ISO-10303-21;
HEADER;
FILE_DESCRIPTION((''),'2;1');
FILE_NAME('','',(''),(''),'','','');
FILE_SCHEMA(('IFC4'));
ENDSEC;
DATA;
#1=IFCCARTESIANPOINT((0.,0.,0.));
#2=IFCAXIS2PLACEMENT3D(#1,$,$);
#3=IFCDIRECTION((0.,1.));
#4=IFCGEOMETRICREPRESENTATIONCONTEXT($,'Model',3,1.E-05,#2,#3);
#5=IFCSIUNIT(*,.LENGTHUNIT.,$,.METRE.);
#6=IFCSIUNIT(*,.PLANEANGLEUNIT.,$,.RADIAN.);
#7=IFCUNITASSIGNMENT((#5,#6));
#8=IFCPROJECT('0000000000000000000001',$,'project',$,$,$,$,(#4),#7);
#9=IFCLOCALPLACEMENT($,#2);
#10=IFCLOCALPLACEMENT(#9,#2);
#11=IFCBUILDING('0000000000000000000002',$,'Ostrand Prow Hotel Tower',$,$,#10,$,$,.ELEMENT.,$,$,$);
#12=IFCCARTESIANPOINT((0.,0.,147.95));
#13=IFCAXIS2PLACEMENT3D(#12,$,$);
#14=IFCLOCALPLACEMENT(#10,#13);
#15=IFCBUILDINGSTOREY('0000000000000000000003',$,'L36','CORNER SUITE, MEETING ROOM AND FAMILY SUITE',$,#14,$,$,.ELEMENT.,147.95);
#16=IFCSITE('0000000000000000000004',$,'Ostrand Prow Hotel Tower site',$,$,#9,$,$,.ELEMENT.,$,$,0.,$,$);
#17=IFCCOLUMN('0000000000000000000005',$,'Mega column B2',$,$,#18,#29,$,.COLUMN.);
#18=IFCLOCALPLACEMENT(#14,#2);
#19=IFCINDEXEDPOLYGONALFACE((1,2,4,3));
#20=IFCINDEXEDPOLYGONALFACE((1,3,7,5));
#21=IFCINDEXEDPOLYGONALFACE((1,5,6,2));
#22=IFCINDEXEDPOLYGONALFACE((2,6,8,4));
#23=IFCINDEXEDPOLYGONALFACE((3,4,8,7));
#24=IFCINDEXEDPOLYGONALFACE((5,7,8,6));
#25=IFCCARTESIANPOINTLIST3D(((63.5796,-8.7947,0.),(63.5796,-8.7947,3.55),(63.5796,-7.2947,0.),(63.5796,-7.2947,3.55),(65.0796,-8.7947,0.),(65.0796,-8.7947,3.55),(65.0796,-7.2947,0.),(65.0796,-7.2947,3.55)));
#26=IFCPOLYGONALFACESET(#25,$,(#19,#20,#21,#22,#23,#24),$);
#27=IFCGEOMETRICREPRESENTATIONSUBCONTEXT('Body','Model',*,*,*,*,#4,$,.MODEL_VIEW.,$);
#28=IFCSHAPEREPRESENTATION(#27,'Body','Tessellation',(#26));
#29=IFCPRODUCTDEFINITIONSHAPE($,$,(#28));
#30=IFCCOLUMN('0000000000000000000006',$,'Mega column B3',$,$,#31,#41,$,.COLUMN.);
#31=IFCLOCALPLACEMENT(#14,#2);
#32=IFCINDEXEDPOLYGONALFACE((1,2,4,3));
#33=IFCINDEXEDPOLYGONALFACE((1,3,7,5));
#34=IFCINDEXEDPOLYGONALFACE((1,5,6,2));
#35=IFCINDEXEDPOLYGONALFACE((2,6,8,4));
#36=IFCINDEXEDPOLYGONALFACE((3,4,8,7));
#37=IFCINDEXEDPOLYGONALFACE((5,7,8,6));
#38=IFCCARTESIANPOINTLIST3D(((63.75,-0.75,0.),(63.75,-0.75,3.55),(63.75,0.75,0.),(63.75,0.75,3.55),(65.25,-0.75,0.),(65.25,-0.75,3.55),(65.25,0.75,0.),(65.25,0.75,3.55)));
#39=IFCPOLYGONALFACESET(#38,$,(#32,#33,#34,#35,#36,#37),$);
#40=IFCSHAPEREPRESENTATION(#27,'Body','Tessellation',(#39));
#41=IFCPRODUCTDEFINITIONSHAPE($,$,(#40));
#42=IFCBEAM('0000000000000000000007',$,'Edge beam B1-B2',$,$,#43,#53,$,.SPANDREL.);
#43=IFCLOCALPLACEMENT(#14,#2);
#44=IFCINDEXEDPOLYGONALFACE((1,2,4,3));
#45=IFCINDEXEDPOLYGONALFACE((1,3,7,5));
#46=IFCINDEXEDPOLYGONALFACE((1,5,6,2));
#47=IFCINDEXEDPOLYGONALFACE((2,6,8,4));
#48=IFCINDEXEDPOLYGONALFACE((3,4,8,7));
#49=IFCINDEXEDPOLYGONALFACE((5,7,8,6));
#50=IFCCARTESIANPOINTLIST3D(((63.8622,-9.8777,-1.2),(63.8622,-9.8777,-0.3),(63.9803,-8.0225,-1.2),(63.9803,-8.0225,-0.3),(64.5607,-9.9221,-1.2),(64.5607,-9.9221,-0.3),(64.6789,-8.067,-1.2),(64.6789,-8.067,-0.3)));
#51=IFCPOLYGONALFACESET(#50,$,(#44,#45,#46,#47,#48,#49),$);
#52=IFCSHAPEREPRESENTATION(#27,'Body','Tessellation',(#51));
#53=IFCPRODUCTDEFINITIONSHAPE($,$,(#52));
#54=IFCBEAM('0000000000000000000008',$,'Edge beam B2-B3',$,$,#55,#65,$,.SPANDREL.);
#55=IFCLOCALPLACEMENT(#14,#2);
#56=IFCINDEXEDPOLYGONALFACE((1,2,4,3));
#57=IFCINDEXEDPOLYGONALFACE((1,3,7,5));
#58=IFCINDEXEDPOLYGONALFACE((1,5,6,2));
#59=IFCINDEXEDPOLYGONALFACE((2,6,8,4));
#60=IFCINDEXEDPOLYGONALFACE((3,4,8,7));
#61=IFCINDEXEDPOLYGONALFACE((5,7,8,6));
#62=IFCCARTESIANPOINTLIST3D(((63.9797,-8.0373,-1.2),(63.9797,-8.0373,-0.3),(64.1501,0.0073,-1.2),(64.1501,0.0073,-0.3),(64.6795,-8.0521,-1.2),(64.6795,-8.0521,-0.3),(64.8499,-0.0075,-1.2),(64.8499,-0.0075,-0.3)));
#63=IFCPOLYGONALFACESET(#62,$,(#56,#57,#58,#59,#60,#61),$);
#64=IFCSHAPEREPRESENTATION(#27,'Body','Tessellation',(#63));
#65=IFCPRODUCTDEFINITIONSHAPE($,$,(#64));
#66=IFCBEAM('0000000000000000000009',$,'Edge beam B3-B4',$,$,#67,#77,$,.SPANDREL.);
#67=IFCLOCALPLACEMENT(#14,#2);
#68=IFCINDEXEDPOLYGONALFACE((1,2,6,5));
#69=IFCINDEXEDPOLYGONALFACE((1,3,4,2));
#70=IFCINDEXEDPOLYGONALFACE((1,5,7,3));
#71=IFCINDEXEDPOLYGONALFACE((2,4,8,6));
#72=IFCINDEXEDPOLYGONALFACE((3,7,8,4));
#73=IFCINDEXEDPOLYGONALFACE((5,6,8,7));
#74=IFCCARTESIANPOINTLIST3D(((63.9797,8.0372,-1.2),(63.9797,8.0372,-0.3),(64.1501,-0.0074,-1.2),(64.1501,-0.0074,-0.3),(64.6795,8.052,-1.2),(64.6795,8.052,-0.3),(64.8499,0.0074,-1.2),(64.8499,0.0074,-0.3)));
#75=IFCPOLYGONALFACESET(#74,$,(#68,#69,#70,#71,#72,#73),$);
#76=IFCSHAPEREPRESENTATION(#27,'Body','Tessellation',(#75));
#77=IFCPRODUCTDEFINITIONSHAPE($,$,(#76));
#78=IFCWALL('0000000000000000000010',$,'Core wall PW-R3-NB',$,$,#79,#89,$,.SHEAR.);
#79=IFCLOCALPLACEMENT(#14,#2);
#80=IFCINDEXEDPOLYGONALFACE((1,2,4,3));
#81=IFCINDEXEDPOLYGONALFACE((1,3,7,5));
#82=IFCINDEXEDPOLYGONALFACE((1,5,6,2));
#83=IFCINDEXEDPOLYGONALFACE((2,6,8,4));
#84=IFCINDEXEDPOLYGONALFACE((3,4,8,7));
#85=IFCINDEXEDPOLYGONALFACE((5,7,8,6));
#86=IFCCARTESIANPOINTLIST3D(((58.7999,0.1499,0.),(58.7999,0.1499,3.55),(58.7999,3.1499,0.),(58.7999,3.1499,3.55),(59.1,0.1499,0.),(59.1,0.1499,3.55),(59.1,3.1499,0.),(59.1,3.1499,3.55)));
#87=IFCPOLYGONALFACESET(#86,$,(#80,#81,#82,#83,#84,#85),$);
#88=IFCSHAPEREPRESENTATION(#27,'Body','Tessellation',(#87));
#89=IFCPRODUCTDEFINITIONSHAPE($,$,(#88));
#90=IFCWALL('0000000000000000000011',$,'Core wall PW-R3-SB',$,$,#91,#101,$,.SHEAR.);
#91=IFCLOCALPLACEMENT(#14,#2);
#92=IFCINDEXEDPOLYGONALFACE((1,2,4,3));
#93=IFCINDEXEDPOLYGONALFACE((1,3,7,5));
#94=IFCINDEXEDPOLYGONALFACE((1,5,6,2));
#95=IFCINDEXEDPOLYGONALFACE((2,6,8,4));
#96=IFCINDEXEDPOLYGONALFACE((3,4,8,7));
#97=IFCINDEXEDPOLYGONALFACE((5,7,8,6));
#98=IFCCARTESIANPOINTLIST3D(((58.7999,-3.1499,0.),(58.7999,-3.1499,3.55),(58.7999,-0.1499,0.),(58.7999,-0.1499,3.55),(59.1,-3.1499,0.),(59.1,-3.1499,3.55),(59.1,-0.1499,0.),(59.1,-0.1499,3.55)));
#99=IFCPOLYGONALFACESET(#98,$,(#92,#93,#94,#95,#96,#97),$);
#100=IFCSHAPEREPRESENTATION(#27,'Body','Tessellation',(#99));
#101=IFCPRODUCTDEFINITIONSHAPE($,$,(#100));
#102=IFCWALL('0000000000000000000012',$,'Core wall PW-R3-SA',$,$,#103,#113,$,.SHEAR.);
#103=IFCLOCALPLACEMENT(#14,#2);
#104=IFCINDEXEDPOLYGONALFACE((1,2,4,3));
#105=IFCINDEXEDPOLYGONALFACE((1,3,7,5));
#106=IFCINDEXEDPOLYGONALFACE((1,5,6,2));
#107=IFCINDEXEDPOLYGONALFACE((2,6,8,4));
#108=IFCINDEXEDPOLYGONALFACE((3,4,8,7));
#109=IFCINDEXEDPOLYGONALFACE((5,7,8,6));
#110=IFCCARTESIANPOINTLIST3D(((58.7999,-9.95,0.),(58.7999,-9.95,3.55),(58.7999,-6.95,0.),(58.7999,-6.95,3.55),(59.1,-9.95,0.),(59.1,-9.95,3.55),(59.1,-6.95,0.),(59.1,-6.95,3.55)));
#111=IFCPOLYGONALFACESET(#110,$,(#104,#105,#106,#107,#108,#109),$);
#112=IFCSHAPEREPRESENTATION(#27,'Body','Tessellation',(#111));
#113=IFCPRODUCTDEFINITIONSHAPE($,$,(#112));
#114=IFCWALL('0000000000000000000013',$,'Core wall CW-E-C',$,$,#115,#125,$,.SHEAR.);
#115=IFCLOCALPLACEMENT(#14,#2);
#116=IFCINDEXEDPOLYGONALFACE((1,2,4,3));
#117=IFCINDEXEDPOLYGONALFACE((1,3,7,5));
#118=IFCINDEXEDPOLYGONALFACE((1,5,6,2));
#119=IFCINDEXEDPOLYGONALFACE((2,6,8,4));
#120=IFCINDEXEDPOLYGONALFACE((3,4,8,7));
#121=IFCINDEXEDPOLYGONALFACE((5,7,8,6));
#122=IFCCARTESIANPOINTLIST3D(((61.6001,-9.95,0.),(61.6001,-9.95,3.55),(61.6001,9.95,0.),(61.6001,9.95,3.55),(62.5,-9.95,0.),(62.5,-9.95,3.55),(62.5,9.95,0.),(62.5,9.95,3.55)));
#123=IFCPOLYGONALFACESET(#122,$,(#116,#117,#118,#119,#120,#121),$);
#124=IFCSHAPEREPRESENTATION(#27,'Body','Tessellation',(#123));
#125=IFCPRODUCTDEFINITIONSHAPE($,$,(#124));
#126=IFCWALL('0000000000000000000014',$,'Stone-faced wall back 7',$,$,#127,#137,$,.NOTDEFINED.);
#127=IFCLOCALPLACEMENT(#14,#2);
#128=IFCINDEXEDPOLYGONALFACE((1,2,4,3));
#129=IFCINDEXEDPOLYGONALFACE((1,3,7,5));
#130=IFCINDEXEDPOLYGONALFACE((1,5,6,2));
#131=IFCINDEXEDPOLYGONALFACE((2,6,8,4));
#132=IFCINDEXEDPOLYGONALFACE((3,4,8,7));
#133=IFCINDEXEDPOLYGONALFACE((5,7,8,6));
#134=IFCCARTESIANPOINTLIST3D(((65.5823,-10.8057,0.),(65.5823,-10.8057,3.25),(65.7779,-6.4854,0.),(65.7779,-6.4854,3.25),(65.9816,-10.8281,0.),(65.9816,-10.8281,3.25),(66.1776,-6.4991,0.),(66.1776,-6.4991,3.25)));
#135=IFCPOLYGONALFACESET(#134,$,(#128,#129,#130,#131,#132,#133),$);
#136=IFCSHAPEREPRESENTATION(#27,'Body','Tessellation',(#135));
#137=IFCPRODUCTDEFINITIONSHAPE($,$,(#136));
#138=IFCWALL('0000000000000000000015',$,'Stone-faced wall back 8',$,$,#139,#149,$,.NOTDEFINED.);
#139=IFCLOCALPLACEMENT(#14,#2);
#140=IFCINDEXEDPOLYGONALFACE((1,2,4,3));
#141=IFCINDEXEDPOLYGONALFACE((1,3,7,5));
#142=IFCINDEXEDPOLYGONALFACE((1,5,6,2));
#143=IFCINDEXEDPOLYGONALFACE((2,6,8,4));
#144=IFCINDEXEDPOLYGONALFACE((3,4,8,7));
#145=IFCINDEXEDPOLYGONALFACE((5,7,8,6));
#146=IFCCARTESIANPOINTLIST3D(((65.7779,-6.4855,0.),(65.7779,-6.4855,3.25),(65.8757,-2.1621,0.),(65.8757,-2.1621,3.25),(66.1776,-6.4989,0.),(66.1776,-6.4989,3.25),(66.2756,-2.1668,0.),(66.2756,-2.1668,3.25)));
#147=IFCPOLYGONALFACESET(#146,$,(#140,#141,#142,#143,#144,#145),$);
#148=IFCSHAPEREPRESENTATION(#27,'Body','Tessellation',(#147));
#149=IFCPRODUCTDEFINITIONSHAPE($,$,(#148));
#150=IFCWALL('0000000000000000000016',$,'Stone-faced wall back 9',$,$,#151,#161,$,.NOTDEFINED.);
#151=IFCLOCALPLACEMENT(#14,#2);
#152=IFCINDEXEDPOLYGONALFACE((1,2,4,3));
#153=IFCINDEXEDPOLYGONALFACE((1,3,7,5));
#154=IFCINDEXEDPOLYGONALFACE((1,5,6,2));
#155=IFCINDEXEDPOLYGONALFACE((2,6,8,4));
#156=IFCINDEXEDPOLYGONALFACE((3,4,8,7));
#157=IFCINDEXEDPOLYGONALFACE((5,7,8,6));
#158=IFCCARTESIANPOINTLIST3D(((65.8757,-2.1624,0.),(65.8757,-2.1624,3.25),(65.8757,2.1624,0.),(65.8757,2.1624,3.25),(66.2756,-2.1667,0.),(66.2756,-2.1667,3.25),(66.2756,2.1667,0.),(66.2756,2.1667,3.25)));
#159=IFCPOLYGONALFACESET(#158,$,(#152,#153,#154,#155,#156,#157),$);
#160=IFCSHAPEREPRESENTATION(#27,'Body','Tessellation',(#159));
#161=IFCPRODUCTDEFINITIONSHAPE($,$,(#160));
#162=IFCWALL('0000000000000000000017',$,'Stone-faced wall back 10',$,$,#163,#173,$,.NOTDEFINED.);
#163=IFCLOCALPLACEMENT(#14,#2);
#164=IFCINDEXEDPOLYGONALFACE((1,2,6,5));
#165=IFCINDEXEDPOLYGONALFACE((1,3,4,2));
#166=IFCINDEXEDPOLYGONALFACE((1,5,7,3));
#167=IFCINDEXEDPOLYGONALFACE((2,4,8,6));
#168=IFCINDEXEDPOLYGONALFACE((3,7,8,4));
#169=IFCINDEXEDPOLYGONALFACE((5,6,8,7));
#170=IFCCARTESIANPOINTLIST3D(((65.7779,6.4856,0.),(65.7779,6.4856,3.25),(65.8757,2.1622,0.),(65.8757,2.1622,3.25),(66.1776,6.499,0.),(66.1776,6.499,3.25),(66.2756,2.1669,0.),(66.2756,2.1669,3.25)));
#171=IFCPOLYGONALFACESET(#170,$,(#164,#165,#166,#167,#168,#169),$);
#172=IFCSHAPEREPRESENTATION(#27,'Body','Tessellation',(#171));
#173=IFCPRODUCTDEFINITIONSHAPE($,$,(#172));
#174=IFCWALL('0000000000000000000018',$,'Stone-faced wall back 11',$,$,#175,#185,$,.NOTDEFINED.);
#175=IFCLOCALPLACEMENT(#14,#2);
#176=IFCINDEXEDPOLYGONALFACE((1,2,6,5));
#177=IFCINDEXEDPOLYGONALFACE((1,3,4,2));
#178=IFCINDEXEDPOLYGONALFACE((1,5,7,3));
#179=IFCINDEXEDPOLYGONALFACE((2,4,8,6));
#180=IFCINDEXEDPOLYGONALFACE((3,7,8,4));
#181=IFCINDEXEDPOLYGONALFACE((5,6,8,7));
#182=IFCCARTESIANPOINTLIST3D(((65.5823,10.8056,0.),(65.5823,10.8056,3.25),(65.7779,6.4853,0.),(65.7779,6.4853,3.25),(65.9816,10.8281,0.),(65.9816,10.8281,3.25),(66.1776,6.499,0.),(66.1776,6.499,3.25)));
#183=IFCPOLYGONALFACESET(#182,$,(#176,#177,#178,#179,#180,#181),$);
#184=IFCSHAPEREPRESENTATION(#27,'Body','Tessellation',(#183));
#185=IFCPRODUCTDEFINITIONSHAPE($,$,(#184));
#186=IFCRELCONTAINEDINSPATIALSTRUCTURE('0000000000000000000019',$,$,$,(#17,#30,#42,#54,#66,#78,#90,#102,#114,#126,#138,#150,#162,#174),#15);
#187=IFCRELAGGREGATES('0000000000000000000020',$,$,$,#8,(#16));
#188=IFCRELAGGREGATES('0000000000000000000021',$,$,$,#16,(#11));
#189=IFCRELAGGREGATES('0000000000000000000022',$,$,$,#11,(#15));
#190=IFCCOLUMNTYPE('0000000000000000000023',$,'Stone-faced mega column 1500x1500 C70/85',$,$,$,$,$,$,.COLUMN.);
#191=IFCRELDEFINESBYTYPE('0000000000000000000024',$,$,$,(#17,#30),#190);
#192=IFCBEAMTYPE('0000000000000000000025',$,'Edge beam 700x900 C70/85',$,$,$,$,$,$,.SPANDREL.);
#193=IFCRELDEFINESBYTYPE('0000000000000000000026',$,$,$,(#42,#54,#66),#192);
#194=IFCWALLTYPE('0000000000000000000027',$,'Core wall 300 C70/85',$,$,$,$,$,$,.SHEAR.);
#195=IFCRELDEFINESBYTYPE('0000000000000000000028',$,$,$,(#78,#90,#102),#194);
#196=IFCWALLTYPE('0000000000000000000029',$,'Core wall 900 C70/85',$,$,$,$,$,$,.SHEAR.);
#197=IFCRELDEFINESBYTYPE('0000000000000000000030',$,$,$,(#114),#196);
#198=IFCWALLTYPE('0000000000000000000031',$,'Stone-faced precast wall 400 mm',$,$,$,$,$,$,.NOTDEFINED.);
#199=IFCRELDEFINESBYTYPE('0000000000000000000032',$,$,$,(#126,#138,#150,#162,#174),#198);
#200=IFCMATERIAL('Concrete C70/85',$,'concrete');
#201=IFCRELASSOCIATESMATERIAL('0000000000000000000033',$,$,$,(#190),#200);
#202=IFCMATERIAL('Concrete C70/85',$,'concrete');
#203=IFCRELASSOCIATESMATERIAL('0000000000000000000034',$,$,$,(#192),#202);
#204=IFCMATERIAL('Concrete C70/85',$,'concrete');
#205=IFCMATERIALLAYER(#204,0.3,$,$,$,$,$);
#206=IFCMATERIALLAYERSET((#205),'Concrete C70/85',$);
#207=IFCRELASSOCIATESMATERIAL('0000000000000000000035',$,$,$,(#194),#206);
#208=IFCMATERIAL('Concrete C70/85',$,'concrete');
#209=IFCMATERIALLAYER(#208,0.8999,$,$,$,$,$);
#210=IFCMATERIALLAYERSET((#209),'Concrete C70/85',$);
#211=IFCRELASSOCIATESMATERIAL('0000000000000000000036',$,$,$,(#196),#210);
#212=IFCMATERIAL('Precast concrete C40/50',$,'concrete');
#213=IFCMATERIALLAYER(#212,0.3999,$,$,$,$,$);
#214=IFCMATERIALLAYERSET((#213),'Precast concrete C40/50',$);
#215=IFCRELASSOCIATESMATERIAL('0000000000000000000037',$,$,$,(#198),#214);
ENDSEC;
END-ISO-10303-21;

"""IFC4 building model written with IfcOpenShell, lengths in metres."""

from ifc_helpers import new_model, si_unit, direction, frame, frame_2d, origin, origin_2d, place, context, subcontext, project, spatial, polyline, rectangle, outline, extrude, material, layer, layer_set, material_profile, profile_set, type_object, element, save


model = new_model("IFC4")

# Units and contexts
model_context = context("Model", 3, precision=1e-05, world=origin(), true_north=direction((0.0, 1.0)))
body_context = subcontext(model_context, "Body", "Model", "MODEL_VIEW")
ifc_project = project(units=[si_unit("LENGTHUNIT", "METRE"), si_unit("PLANEANGLEUNIT", "RADIAN")], contexts=[model_context])

# Site, building, storey
site_placement = place(None, origin())
site = spatial("IfcSite", under=ifc_project, at=site_placement, Name="Ostrand Prow Hotel Tower site", CompositionType="ELEMENT", RefElevation=0.0)
building_placement = place(site_placement, origin())
building = spatial("IfcBuilding", under=site, at=building_placement, Name="Ostrand Prow Hotel Tower", CompositionType="ELEMENT")
storey_placement = place(building_placement, frame((0.0, 0.0, 147.95)))
storey = spatial("IfcBuildingStorey", under=building, at=storey_placement, Name="L36", Description="CORNER SUITE, MEETING ROOM AND FAMILY SUITE", CompositionType="ELEMENT", Elevation=147.95)

# Columns
ifc_material_1 = material(Name="Concrete C70/85", Category="concrete")
ifc_material_profile_1 = material_profile(ifc_material_1, rectangle(XDim=1.5, YDim=1.5, at=origin_2d()), Name="RC 1500x1500")
ifc_profile_set_1 = profile_set([ifc_material_profile_1], Name="Concrete C70/85")
column_type = type_object("IfcColumnType", Name="Stone-faced mega column 1500x1500 C70/85", PredefinedType="COLUMN", material=ifc_profile_set_1)
for number, where, z_axis, x_axis, name in (
    (1, (64.3296, -8.0447, 0.0), (0.0, 0.0, 1.0), (1.0, 0.0, 0.0), "Mega column B2"),
    (2, (64.5, 0.0, 0.0), (0.0, 0.0, 1.0), (1.0, 0.0, 0.0), "Mega column B3"),
):
    element("IfcColumn", number, at=place(storey_placement, frame(where, z_axis=z_axis, x_axis=x_axis)), inside=storey, type_object=column_type, Name=name, PredefinedType="COLUMN", context=body_context, shape_type="SweptSolid", body=[
        extrude(rectangle(XDim=1.5, YDim=1.5, at=origin_2d()), origin(), (0.0, 0.0, 1.0), 3.55),
    ])

# Beams
ifc_material_2 = material(Name="Concrete C70/85", Category="concrete")
ifc_material_profile_2 = material_profile(ifc_material_2, rectangle(XDim=0.7, YDim=0.8999, at=origin_2d()), Name="RC 700x900")
ifc_profile_set_2 = profile_set([ifc_material_profile_2], Name="Concrete C70/85")
beam_type = type_object("IfcBeamType", Name="Edge beam 700x900 C70/85", PredefinedType="SPANDREL", material=ifc_profile_set_2)
beam_placement = place(storey_placement, frame((64.2114, -9.8999, -0.75), z_axis=(0.063564, 0.997978, 0.0), x_axis=(-0.997978, 0.063564, 0.0)))
element("IfcBeam", 3, at=beam_placement, inside=storey, type_object=beam_type, Name="Edge beam B1-B2", PredefinedType="SPANDREL", context=body_context, shape_type="SweptSolid", body=[
    extrude(rectangle(XDim=0.7, YDim=0.8999, at=origin_2d()), origin(), (0.0, 0.0, 1.0), 1.8589),
])
for number, where, z_axis, x_axis, name in (
    (4, (64.3296, -8.0447, -0.75), (0.021178, 0.999776, 0.0), (-0.999776, 0.021178, 0.0), "Edge beam B2-B3"),
    (5, (64.5, 0.0, -0.75), (-0.021178, 0.999776, 0.0), (-0.999776, -0.021178, 0.0), "Edge beam B3-B4"),
):
    element("IfcBeam", number, at=place(storey_placement, frame(where, z_axis=z_axis, x_axis=x_axis)), inside=storey, type_object=beam_type, Name=name, PredefinedType="SPANDREL", context=body_context, shape_type="SweptSolid", body=[
        extrude(rectangle(XDim=0.7, YDim=0.8999, at=origin_2d()), origin(), (0.0, 0.0, 1.0), 8.0464),
    ])

# Walls
ifc_material_3 = material(Name="Concrete C70/85", Category="concrete")
ifc_layer_1 = layer(ifc_material_3, 0.3)
ifc_layer_set_1 = layer_set([ifc_layer_1], Name="Concrete C70/85")
wall_type_1 = type_object("IfcWallType", Name="Core wall 300 C70/85", PredefinedType="SHEAR", material=ifc_layer_set_1)
for number, where, z_axis, x_axis, name in (
    (6, (58.95, 0.1499, 0.0), (0.0, 0.0, 1.0), (0.0, 1.0, 0.0), "Core wall PW-R3-NB"),
    (7, (58.95, -3.1499, 0.0), (0.0, 0.0, 1.0), (0.0, 1.0, 0.0), "Core wall PW-R3-SB"),
    (8, (58.95, -9.95, 0.0), (0.0, 0.0, 1.0), (0.0, 1.0, 0.0), "Core wall PW-R3-SA"),
):
    element("IfcWall", number, at=place(storey_placement, frame(where, z_axis=z_axis, x_axis=x_axis)), inside=storey, type_object=wall_type_1, Name=name, PredefinedType="SHEAR", context=body_context, shape_type="SweptSolid", body=[
        extrude(rectangle(XDim=3.0, YDim=0.3, at=frame_2d((1.5, 0.0))), origin(), (0.0, 0.0, 1.0), 3.55),
    ])
ifc_material_4 = material(Name="Concrete C70/85", Category="concrete")
ifc_layer_2 = layer(ifc_material_4, 0.8999)
ifc_layer_set_2 = layer_set([ifc_layer_2], Name="Concrete C70/85")
wall_type_2 = type_object("IfcWallType", Name="Core wall 900 C70/85", PredefinedType="SHEAR", material=ifc_layer_set_2)
wall_1_placement = place(storey_placement, frame((62.05, -9.95, 0.0), z_axis=(0.0, 0.0, 1.0), x_axis=(0.0, 1.0, 0.0)))
element("IfcWall", 9, at=wall_1_placement, inside=storey, type_object=wall_type_2, Name="Core wall CW-E-C", PredefinedType="SHEAR", context=body_context, shape_type="SweptSolid", body=[
    extrude(rectangle(XDim=19.8999, YDim=0.8999, at=frame_2d((9.95, 0.0))), origin(), (0.0, 0.0, 1.0), 3.55),
])
ifc_material_5 = material(Name="Precast concrete C40/50", Category="concrete")
ifc_layer_3 = layer(ifc_material_5, 0.3999)
ifc_layer_set_3 = layer_set([ifc_layer_3], Name="Precast concrete C40/50")
wall_type_3 = type_object("IfcWallType", Name="Stone-faced precast wall 400 mm", PredefinedType="NOTDEFINED", material=ifc_layer_set_3)
wall_2_placement = place(storey_placement, frame((65.782, -10.8169, 0.0), z_axis=(0.0, 0.0, 1.0), x_axis=(0.045229, 0.998977, 0.0)))
element("IfcWall", 10, at=wall_2_placement, inside=storey, type_object=wall_type_3, Name="Stone-faced wall back 7", PredefinedType="NOTDEFINED", context=body_context, shape_type="SweptSolid", body=[
    extrude(outline(polyline([(-0.0022, -0.2), (4.3313, -0.2), (4.3269, 0.2), (0.0022, 0.2), (-0.0022, -0.2)])), origin(), (0.0, 0.0, 1.0), 3.25),
])
wall_3_placement = place(storey_placement, frame((65.9778, -6.4922, 0.0), z_axis=(0.0, 0.0, 1.0), x_axis=(0.022616, 0.999744, 0.0)))
element("IfcWall", 11, at=wall_3_placement, inside=storey, type_object=wall_type_3, Name="Stone-faced wall back 8", PredefinedType="NOTDEFINED", context=body_context, shape_type="SweptSolid", body=[
    extrude(outline(polyline([(-0.0022, -0.2), (4.3311, -0.2), (4.3267, 0.2), (0.0022, 0.2), (-0.0022, -0.2)])), origin(), (0.0, 0.0, 1.0), 3.25),
])
wall_4_placement = place(storey_placement, frame((66.0757, -2.1646, 0.0), z_axis=(0.0, 0.0, 1.0), x_axis=(0.0, 1.0, 0.0)))
element("IfcWall", 12, at=wall_4_placement, inside=storey, type_object=wall_type_3, Name="Stone-faced wall back 9", PredefinedType="NOTDEFINED", context=body_context, shape_type="SweptSolid", body=[
    extrude(outline(polyline([(-0.0022, -0.2), (4.3313, -0.2), (4.3269, 0.2), (0.0022, 0.2), (-0.0022, -0.2)])), origin(), (0.0, 0.0, 1.0), 3.25),
])
wall_5_placement = place(storey_placement, frame((66.0757, 2.1646, 0.0), z_axis=(0.0, 0.0, 1.0), x_axis=(-0.022616, 0.999744, 0.0)))
element("IfcWall", 13, at=wall_5_placement, inside=storey, type_object=wall_type_3, Name="Stone-faced wall back 10", PredefinedType="NOTDEFINED", context=body_context, shape_type="SweptSolid", body=[
    extrude(outline(polyline([(-0.0022, -0.2), (4.3311, -0.2), (4.3267, 0.2), (0.0022, 0.2), (-0.0022, -0.2)])), origin(), (0.0, 0.0, 1.0), 3.25),
])
wall_6_placement = place(storey_placement, frame((65.9778, 6.4922, 0.0), z_axis=(0.0, 0.0, 1.0), x_axis=(-0.045229, 0.998977, 0.0)))
element("IfcWall", 14, at=wall_6_placement, inside=storey, type_object=wall_type_3, Name="Stone-faced wall back 11", PredefinedType="NOTDEFINED", context=body_context, shape_type="SweptSolid", body=[
    extrude(outline(polyline([(-0.0022, -0.2), (4.3313, -0.2), (4.3269, 0.2), (0.0022, 0.2), (-0.0022, -0.2)])), origin(), (0.0, 0.0, 1.0), 3.25),
])

save(model, "model.ifc")
